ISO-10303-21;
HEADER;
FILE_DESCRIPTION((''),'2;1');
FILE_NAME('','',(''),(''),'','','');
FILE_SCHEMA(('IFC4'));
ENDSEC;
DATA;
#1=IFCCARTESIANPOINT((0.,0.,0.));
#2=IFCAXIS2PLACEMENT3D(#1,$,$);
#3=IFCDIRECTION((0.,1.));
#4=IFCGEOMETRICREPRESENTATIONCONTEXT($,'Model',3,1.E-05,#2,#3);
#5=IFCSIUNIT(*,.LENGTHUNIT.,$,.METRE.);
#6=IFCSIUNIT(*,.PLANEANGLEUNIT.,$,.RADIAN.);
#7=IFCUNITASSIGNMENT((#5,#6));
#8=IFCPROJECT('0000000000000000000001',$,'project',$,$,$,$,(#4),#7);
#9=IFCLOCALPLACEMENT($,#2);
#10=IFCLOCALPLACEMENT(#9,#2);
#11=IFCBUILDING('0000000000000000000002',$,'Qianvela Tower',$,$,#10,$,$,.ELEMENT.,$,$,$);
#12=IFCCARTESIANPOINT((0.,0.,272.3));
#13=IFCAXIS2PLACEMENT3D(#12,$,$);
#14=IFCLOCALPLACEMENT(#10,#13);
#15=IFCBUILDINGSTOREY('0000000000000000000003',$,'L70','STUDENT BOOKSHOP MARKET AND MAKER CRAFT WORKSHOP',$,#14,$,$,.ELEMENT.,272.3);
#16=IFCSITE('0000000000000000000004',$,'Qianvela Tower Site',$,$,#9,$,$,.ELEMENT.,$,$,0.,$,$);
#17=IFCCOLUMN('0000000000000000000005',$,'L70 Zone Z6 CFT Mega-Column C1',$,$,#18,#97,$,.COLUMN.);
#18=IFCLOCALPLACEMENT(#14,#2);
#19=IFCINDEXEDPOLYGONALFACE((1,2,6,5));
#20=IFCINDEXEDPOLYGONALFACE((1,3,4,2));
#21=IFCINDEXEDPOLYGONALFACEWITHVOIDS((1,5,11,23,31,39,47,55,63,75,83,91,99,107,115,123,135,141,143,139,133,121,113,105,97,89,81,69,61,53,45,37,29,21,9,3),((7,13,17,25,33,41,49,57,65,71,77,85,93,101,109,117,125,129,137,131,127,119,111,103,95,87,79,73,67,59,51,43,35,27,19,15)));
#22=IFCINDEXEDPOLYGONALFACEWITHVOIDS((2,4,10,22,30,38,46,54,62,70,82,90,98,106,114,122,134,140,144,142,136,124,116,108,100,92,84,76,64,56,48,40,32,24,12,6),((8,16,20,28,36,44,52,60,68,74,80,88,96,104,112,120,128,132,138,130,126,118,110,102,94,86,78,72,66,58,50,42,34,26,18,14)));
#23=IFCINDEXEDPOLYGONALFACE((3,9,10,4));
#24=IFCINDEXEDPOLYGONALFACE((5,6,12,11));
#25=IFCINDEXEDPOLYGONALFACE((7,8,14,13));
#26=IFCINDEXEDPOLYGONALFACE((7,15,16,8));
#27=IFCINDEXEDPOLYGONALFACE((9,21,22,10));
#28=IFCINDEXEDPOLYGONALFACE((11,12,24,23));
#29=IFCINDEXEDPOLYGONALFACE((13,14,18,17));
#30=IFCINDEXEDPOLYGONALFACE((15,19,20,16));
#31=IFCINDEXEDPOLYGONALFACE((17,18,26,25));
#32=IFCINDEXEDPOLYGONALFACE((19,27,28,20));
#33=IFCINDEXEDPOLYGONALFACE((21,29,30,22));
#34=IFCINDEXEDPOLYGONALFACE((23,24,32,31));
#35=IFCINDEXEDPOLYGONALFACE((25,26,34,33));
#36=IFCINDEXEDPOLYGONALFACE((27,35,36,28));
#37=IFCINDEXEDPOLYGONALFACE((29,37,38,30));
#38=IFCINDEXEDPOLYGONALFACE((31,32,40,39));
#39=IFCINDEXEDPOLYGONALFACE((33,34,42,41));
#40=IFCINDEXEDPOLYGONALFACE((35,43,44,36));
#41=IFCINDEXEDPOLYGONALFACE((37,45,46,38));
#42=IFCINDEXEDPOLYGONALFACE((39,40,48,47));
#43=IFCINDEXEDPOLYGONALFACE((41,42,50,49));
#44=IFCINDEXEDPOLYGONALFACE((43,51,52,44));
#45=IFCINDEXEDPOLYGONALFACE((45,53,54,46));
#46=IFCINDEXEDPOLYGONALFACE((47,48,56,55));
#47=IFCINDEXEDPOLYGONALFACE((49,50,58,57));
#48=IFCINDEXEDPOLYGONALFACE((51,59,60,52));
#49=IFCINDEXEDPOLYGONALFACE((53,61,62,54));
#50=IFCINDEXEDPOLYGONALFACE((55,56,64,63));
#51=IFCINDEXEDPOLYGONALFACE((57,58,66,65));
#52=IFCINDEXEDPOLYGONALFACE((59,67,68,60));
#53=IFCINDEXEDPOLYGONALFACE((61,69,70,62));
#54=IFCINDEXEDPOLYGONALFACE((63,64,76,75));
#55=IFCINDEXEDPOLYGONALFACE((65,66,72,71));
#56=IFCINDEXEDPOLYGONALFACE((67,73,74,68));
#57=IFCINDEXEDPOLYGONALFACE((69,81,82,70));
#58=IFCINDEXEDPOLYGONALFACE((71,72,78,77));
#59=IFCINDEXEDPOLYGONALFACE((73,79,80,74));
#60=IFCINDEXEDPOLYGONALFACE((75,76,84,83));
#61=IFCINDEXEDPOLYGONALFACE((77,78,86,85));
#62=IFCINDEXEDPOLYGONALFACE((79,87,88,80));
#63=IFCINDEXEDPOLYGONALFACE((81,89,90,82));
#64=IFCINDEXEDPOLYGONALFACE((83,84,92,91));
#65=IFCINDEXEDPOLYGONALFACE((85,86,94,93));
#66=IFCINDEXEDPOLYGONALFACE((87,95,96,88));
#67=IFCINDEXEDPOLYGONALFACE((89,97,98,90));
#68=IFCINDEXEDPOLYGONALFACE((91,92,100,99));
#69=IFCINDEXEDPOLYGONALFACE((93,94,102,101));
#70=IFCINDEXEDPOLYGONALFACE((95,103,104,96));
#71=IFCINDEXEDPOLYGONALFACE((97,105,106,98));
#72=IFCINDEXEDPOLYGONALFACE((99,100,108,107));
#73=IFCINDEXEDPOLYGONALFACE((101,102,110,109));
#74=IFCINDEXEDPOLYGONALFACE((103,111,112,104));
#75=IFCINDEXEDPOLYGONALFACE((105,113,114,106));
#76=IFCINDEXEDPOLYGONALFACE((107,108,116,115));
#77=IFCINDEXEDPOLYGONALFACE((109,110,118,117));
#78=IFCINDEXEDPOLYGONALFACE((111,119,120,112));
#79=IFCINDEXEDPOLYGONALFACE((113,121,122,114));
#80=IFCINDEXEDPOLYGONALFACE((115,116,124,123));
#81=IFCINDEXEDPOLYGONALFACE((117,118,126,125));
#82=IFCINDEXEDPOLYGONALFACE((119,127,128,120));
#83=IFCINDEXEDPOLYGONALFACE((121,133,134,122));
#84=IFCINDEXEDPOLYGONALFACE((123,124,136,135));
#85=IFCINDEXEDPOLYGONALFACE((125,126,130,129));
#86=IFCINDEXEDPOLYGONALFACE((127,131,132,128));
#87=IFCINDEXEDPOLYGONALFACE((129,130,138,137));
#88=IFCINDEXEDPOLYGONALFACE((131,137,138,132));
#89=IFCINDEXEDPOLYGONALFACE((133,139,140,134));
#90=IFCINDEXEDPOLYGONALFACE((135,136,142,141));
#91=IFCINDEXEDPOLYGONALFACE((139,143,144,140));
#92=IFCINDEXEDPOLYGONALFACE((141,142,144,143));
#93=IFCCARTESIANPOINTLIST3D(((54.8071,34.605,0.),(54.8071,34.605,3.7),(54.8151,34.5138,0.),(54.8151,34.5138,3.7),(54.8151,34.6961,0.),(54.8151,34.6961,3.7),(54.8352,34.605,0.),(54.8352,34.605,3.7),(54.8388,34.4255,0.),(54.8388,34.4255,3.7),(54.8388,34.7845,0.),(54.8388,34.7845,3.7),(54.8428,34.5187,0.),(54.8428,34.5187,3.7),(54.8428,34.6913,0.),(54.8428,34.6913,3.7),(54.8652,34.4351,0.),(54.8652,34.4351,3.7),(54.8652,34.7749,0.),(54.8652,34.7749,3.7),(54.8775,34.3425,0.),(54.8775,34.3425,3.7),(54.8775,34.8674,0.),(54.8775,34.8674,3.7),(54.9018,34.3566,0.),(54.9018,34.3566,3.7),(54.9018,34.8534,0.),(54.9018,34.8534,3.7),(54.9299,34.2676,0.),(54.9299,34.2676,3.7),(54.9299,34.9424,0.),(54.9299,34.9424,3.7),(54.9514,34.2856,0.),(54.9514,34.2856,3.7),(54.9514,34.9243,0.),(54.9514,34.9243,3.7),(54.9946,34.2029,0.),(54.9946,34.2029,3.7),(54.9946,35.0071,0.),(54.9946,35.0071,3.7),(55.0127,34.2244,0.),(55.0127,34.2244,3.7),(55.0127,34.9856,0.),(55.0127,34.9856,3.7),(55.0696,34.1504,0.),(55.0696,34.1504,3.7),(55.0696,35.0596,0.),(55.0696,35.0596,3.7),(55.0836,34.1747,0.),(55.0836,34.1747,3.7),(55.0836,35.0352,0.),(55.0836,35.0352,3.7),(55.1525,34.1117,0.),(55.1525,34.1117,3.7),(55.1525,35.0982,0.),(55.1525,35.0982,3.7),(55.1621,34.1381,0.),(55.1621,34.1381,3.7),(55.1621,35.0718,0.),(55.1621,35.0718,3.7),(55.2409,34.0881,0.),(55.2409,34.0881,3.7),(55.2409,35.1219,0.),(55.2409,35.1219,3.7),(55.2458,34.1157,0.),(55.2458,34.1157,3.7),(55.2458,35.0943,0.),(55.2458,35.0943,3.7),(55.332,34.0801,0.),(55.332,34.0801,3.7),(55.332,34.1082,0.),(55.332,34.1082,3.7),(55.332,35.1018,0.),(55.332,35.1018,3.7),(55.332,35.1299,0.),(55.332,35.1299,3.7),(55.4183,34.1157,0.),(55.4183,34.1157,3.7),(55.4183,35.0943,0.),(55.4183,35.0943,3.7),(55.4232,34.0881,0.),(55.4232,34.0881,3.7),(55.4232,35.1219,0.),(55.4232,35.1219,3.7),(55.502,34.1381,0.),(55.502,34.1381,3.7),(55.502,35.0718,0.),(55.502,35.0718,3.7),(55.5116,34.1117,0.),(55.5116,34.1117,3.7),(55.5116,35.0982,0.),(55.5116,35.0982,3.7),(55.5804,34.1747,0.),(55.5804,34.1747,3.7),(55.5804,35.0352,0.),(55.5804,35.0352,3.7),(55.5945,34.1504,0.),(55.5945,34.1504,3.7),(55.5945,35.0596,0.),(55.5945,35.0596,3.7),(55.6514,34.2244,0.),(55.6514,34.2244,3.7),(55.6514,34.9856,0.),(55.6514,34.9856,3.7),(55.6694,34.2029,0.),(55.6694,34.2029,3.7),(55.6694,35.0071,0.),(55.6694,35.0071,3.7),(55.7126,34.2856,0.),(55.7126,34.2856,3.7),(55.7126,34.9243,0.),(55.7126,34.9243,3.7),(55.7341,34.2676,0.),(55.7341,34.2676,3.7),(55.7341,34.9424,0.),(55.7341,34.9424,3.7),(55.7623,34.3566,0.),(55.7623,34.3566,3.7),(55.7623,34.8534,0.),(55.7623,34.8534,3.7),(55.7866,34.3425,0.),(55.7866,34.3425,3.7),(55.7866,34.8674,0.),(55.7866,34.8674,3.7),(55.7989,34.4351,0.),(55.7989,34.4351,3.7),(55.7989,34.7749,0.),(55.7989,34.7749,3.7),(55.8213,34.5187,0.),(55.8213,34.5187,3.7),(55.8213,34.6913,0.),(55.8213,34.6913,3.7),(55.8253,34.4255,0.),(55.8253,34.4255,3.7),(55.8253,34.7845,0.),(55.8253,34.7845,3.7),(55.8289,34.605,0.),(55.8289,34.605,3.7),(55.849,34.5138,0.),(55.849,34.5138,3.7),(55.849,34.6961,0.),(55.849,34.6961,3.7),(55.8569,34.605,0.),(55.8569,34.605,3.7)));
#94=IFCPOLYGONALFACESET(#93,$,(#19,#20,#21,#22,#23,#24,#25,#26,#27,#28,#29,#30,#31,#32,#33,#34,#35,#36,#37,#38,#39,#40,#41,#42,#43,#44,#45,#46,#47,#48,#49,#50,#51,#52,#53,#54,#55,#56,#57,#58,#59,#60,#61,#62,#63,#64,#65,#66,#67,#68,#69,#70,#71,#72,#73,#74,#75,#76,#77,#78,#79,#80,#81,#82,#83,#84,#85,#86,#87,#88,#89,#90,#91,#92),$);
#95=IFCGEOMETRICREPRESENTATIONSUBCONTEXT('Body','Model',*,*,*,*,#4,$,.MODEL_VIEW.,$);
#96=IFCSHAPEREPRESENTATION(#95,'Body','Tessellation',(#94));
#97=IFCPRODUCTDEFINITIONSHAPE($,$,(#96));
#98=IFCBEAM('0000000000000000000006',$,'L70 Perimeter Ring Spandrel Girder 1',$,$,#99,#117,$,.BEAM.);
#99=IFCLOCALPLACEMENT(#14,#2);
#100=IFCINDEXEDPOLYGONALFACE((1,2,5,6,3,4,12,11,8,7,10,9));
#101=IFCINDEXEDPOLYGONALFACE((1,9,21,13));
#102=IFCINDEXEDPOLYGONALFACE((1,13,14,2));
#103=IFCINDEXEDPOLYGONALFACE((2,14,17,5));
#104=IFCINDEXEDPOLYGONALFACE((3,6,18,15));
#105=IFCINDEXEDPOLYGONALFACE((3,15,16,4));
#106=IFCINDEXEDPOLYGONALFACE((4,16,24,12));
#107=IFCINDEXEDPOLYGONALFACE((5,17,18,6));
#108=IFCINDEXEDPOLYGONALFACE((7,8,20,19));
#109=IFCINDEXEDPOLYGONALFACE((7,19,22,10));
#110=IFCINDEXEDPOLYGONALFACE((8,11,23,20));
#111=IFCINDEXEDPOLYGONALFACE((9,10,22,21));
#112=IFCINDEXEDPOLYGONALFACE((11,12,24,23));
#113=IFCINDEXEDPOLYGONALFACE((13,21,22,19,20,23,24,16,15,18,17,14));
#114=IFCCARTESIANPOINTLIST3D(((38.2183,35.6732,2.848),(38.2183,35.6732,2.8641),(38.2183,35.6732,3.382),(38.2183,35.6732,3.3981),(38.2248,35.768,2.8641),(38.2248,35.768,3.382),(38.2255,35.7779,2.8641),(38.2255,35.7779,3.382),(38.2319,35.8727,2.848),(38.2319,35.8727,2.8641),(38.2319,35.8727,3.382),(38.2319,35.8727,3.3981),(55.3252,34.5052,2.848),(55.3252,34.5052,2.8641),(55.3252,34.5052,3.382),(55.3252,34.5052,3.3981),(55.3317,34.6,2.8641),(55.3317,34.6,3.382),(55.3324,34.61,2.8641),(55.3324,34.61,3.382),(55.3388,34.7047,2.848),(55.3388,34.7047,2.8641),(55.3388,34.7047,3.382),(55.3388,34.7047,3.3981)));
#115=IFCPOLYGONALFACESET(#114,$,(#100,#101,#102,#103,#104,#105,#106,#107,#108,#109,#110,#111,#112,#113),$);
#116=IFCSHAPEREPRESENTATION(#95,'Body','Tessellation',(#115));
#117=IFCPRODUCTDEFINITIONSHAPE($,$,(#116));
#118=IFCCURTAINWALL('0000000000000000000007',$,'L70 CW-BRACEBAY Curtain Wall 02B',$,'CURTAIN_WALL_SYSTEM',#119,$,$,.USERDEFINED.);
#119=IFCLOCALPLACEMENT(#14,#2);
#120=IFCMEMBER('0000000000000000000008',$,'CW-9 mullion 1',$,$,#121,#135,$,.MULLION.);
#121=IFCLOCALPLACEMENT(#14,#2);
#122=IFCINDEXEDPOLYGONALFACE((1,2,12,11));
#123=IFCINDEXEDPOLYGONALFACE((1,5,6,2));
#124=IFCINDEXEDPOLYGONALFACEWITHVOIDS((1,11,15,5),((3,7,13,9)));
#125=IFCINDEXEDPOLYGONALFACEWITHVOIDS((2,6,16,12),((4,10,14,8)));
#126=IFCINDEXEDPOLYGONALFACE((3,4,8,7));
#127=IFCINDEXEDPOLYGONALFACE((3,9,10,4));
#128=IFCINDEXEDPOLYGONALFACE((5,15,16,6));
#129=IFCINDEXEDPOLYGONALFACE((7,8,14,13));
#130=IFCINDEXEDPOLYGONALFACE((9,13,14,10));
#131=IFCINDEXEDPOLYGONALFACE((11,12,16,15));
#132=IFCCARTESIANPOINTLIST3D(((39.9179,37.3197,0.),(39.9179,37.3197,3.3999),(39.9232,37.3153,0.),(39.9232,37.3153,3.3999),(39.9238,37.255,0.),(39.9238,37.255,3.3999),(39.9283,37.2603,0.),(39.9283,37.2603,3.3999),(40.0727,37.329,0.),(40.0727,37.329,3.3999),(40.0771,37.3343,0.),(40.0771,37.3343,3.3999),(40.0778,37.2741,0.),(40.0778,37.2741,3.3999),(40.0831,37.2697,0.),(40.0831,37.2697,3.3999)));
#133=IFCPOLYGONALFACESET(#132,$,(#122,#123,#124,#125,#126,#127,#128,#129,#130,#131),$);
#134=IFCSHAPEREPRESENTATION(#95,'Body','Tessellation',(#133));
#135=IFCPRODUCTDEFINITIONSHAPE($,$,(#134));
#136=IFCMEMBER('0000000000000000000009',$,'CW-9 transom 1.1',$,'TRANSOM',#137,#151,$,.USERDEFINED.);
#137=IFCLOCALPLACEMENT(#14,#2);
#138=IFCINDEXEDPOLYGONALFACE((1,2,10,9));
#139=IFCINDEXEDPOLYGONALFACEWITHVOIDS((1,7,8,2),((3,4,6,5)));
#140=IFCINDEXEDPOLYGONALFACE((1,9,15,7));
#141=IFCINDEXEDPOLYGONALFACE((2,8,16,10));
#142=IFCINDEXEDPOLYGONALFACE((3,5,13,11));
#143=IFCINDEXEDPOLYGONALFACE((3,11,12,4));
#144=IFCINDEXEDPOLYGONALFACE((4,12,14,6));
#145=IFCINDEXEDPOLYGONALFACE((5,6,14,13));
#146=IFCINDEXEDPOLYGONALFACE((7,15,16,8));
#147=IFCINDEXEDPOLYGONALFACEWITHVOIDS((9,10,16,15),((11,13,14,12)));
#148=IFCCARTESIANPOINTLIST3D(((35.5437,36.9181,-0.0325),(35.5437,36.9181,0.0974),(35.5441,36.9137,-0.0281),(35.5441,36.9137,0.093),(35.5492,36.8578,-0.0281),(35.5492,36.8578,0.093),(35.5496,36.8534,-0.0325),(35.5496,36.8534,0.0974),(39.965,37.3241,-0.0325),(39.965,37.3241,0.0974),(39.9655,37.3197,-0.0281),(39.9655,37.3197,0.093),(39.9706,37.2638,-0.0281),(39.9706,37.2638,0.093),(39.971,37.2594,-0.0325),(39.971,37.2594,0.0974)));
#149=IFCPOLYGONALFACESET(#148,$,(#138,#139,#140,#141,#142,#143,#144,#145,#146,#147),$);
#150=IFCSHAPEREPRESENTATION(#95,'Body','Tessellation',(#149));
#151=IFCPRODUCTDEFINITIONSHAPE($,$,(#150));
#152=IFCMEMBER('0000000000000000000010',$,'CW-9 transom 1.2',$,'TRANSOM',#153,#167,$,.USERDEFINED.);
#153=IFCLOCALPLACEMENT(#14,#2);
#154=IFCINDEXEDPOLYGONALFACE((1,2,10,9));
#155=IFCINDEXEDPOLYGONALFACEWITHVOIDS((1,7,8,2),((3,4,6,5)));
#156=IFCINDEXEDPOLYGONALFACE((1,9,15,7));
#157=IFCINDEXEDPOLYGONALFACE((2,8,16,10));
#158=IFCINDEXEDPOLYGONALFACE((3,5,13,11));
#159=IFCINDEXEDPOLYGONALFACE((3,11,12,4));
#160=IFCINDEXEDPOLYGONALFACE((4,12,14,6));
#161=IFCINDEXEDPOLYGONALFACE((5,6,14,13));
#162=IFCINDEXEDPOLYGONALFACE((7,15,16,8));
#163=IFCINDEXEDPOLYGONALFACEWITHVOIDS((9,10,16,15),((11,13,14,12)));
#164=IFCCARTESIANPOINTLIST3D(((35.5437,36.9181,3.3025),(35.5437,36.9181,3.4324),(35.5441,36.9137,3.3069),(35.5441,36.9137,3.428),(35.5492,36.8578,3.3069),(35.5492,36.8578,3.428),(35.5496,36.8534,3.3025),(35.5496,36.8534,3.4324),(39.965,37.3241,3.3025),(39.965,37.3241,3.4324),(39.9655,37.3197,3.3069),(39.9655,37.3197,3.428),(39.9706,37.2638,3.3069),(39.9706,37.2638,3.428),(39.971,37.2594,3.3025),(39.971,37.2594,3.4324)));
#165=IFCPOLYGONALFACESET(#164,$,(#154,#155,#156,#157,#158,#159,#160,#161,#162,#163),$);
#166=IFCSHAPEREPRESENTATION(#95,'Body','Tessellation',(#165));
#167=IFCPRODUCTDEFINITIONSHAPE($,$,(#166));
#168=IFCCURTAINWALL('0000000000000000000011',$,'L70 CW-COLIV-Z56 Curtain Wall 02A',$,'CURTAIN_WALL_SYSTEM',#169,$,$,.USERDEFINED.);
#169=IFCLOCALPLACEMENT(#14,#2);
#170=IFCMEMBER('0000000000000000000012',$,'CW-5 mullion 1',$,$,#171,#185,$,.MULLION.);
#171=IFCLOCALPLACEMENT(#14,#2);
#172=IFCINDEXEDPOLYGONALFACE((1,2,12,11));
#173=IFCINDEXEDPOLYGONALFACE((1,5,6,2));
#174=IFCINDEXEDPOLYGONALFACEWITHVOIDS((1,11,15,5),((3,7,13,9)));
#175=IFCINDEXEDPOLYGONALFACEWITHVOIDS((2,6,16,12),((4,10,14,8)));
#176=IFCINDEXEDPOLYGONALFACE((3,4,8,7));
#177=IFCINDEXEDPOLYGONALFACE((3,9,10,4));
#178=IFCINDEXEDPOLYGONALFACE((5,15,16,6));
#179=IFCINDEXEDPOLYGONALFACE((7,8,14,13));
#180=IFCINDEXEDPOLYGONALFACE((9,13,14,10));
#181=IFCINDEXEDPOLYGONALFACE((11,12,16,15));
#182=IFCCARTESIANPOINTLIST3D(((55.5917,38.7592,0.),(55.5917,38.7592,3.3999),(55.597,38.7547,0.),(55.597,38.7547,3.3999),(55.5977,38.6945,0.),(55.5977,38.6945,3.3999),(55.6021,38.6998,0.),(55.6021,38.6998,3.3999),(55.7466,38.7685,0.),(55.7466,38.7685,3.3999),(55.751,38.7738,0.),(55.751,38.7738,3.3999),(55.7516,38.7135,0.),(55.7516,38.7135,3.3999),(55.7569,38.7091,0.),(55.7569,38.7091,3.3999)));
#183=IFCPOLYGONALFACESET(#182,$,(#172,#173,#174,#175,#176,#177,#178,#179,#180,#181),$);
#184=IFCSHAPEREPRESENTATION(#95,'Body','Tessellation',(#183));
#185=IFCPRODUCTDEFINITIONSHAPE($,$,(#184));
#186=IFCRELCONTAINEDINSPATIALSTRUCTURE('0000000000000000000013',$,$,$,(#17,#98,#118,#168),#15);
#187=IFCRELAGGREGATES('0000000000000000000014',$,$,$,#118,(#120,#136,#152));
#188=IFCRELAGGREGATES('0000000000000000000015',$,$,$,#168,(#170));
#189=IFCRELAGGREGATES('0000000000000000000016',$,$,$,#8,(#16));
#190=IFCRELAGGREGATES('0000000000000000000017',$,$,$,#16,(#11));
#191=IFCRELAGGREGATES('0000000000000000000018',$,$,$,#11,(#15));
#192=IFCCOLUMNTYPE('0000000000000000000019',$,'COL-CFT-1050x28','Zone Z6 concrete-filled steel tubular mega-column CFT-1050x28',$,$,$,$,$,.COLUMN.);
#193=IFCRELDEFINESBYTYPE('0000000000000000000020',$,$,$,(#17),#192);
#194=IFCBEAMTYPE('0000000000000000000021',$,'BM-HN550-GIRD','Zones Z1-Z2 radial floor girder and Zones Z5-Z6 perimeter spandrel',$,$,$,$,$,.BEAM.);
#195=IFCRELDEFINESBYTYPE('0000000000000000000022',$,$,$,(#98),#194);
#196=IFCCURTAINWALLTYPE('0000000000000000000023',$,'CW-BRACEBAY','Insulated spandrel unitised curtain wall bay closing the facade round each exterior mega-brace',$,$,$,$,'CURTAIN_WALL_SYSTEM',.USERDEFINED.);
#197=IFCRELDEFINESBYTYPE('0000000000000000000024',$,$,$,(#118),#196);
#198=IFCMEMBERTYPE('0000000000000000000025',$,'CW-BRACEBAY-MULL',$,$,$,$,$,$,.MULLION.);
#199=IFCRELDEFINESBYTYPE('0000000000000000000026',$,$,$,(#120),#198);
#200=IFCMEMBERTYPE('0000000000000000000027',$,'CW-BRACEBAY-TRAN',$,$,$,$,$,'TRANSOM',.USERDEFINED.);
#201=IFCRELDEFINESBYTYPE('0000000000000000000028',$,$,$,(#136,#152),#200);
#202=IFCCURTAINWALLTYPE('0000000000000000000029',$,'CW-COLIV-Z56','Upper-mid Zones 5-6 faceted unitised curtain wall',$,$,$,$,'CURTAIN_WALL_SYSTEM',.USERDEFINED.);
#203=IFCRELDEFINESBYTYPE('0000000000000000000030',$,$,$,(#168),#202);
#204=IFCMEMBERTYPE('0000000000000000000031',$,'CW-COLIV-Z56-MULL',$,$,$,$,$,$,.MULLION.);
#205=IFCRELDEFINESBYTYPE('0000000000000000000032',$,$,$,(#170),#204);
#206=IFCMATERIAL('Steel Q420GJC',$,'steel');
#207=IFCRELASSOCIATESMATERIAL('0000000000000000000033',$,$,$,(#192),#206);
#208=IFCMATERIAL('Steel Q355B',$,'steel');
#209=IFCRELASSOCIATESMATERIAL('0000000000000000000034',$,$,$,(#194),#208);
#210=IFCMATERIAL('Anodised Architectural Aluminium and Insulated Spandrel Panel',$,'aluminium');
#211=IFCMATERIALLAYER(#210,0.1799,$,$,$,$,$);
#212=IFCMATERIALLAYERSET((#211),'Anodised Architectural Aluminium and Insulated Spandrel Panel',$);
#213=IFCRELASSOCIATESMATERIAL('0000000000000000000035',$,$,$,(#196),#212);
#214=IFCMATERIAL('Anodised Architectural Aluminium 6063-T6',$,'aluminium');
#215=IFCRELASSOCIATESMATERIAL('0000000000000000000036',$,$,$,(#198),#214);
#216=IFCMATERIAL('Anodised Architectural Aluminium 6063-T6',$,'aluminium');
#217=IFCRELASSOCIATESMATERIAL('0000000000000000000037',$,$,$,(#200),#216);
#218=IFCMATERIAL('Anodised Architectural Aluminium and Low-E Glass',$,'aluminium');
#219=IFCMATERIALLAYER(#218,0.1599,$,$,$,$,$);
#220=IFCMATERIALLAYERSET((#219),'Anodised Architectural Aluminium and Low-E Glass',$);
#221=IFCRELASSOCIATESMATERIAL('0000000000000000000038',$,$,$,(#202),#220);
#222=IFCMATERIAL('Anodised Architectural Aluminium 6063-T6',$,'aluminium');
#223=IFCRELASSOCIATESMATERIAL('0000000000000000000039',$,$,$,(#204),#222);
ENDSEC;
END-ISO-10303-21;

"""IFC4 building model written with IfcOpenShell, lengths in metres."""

from ifc_helpers import new_model, si_unit, direction, frame, origin, origin_2d, place, context, subcontext, project, spatial, hollow_rectangle, hollow_circle, i_section, extrude, material, layer, layer_set, material_profile, profile_set, type_object, element, aggregate, save


model = new_model("IFC4")

# Units and contexts
model_context = context("Model", 3, precision=1e-05, world=origin(), true_north=direction((0.0, 1.0)))
body_context = subcontext(model_context, "Body", "Model", "MODEL_VIEW")
ifc_project = project(units=[si_unit("LENGTHUNIT", "METRE"), si_unit("PLANEANGLEUNIT", "RADIAN")], contexts=[model_context])

# Site, building, storey
site_placement = place(None, origin())
site = spatial("IfcSite", under=ifc_project, at=site_placement, Name="Qianvela Tower Site", CompositionType="ELEMENT", RefElevation=0.0)
building_placement = place(site_placement, origin())
building = spatial("IfcBuilding", under=site, at=building_placement, Name="Qianvela Tower", CompositionType="ELEMENT")
storey_placement = place(building_placement, frame((0.0, 0.0, 272.3)))
storey = spatial("IfcBuildingStorey", under=building, at=storey_placement, Name="L70", Description="STUDENT BOOKSHOP MARKET AND MAKER CRAFT WORKSHOP", CompositionType="ELEMENT", Elevation=272.3)

# Column
ifc_material_1 = material(Name="Steel Q420GJC", Category="steel")
ifc_material_profile_1 = material_profile(ifc_material_1, hollow_circle(Radius=0.5249, WallThickness=0.0281, at=origin_2d()), Name="CFT-1050x28")
ifc_profile_set_1 = profile_set([ifc_material_profile_1], Name="Steel Q420GJC")
column_type = type_object("IfcColumnType", Name="COL-CFT-1050x28", Description="Zone Z6 concrete-filled steel tubular mega-column CFT-1050x28", PredefinedType="COLUMN", material=ifc_profile_set_1)
column_placement = place(storey_placement, frame((55.332, 34.605, 0.0), z_axis=(0.0, 0.0, 1.0), x_axis=(1.0, 0.0, 0.0)))
element("IfcColumn", 1, at=column_placement, inside=storey, type_object=column_type, Name="L70 Zone Z6 CFT Mega-Column C1", PredefinedType="COLUMN", context=body_context, shape_type="SweptSolid", body=[
    extrude(hollow_circle(Radius=0.5249, WallThickness=0.0281, at=origin_2d()), origin(), (0.0, 0.0, 1.0), 3.7),
])

# Beam
ifc_material_2 = material(Name="Steel Q355B", Category="steel")
ifc_material_profile_2 = material_profile(ifc_material_2, i_section(OverallWidth=0.2, OverallDepth=0.55, WebThickness=0.01, FlangeThickness=0.0161, at=origin_2d()), Name="HN550x200x10x16")
ifc_profile_set_2 = profile_set([ifc_material_profile_2], Name="Steel Q355B")
beam_type = type_object("IfcBeamType", Name="BM-HN550-GIRD", Description="Zones Z1-Z2 radial floor girder and Zones Z5-Z6 perimeter spandrel", PredefinedType="BEAM", material=ifc_profile_set_2)
beam_placement = place(storey_placement, frame((55.332, 34.605, 3.123), z_axis=(-0.997677, 0.068116, 0.0), x_axis=(-0.068116, -0.997677, 0.0)))
element("IfcBeam", 2, at=beam_placement, inside=storey, type_object=beam_type, Name="L70 Perimeter Ring Spandrel Girder 1", PredefinedType="BEAM", context=body_context, shape_type="SweptSolid", body=[
    extrude(i_section(OverallWidth=0.2, OverallDepth=0.55, WebThickness=0.01, FlangeThickness=0.0161, at=origin_2d()), origin(), (0.0, 0.0, 1.0), 17.1467),
])

# Curtain walls, members
ifc_material_3 = material(Name="Anodised Architectural Aluminium and Insulated Spandrel Panel", Category="aluminium")
ifc_layer_1 = layer(ifc_material_3, 0.1799)
ifc_layer_set_1 = layer_set([ifc_layer_1], Name="Anodised Architectural Aluminium and Insulated Spandrel Panel")
curtain_wall_type_1 = type_object("IfcCurtainWallType", Name="CW-BRACEBAY", Description="Insulated spandrel unitised curtain wall bay closing the facade round each exterior mega-brace", ElementType="CURTAIN_WALL_SYSTEM", PredefinedType="USERDEFINED", material=ifc_layer_set_1)
curtain_wall_1_placement = place(storey_placement, origin())
curtain_wall_1 = element("IfcCurtainWall", 3, at=curtain_wall_1_placement, inside=storey, type_object=curtain_wall_type_1, Name="L70 CW-BRACEBAY Curtain Wall 02B", ObjectType="CURTAIN_WALL_SYSTEM", PredefinedType="USERDEFINED")
ifc_material_4 = material(Name="Anodised Architectural Aluminium 6063-T6", Category="aluminium")
ifc_material_profile_3 = material_profile(ifc_material_4, hollow_rectangle(XDim=0.0649, YDim=0.1599, WallThickness=0.0049, at=origin_2d()), Name="ALU-MULL-65x160")
ifc_profile_set_3 = profile_set([ifc_material_profile_3], Name="Anodised Architectural Aluminium 6063-T6")
member_type_1 = type_object("IfcMemberType", Name="CW-BRACEBAY-MULL", PredefinedType="MULLION", material=ifc_profile_set_3)
member_1_placement = place(storey_placement, frame((40.0005, 37.2947, 0.0), z_axis=(0.0, 0.0, 1.0), x_axis=(0.091443, -0.99581, 0.0)))
member_1 = element("IfcMember", 4, at=member_1_placement, type_object=member_type_1, Name="CW-9 mullion 1", PredefinedType="MULLION", context=body_context, shape_type="SweptSolid", body=[
    extrude(hollow_rectangle(XDim=0.0649, YDim=0.1599, WallThickness=0.0049, at=origin_2d()), origin(), (0.0, 0.0, 1.0), 3.3999),
])
ifc_material_5 = material(Name="Anodised Architectural Aluminium 6063-T6", Category="aluminium")
ifc_material_profile_4 = material_profile(ifc_material_5, hollow_rectangle(XDim=0.0649, YDim=0.1299, WallThickness=0.0044, at=origin_2d()), Name="ALU-TRAN-65x130")
ifc_profile_set_4 = profile_set([ifc_material_profile_4], Name="Anodised Architectural Aluminium 6063-T6")
member_type_2 = type_object("IfcMemberType", Name="CW-BRACEBAY-TRAN", ElementType="TRANSOM", PredefinedType="USERDEFINED", material=ifc_profile_set_4)
member_2_placement = place(storey_placement, frame((39.968, 37.2917, 0.0325), z_axis=(-0.99581, -0.091443, 0.0), x_axis=(0.091443, -0.99581, 0.0)))
member_2 = element("IfcMember", 5, at=member_2_placement, type_object=member_type_2, Name="CW-9 transom 1.1", ObjectType="TRANSOM", PredefinedType="USERDEFINED", context=body_context, shape_type="SweptSolid", body=[
    extrude(hollow_rectangle(XDim=0.0649, YDim=0.1299, WallThickness=0.0044, at=origin_2d()), origin(), (0.0, 0.0, 1.0), 4.4399),
])
member_3_placement = place(storey_placement, frame((39.968, 37.2917, 3.3674), z_axis=(-0.99581, -0.091443, 0.0), x_axis=(0.091443, -0.99581, 0.0)))
member_3 = element("IfcMember", 6, at=member_3_placement, type_object=member_type_2, Name="CW-9 transom 1.2", ObjectType="TRANSOM", PredefinedType="USERDEFINED", context=body_context, shape_type="SweptSolid", body=[
    extrude(hollow_rectangle(XDim=0.0649, YDim=0.1299, WallThickness=0.0044, at=origin_2d()), origin(), (0.0, 0.0, 1.0), 4.4399),
])
aggregate(curtain_wall_1, [member_1, member_2, member_3])
ifc_material_6 = material(Name="Anodised Architectural Aluminium and Low-E Glass", Category="aluminium")
ifc_layer_2 = layer(ifc_material_6, 0.1599)
ifc_layer_set_2 = layer_set([ifc_layer_2], Name="Anodised Architectural Aluminium and Low-E Glass")
curtain_wall_type_2 = type_object("IfcCurtainWallType", Name="CW-COLIV-Z56", Description="Upper-mid Zones 5-6 faceted unitised curtain wall", ElementType="CURTAIN_WALL_SYSTEM", PredefinedType="USERDEFINED", material=ifc_layer_set_2)
curtain_wall_2_placement = place(storey_placement, origin())
curtain_wall_2 = element("IfcCurtainWall", 7, at=curtain_wall_2_placement, inside=storey, type_object=curtain_wall_type_2, Name="L70 CW-COLIV-Z56 Curtain Wall 02A", ObjectType="CURTAIN_WALL_SYSTEM", PredefinedType="USERDEFINED")
ifc_material_7 = material(Name="Anodised Architectural Aluminium 6063-T6", Category="aluminium")
ifc_material_profile_5 = material_profile(ifc_material_7, hollow_rectangle(XDim=0.0649, YDim=0.1599, WallThickness=0.0049, at=origin_2d()), Name="ALU-MULL-65x160")
ifc_profile_set_5 = profile_set([ifc_material_profile_5], Name="Anodised Architectural Aluminium 6063-T6")
member_type_3 = type_object("IfcMemberType", Name="CW-COLIV-Z56-MULL", PredefinedType="MULLION", material=ifc_profile_set_5)
member_4_placement = place(storey_placement, frame((55.6743, 38.7341, 0.0), z_axis=(0.0, 0.0, 1.0), x_axis=(0.091449, -0.99581, 0.0)))
member_4 = element("IfcMember", 8, at=member_4_placement, type_object=member_type_3, Name="CW-5 mullion 1", PredefinedType="MULLION", context=body_context, shape_type="SweptSolid", body=[
    extrude(hollow_rectangle(XDim=0.0649, YDim=0.1599, WallThickness=0.0049, at=origin_2d()), origin(), (0.0, 0.0, 1.0), 3.3999),
])

aggregate(curtain_wall_2, [member_4])

save(model, "model.ifc")
